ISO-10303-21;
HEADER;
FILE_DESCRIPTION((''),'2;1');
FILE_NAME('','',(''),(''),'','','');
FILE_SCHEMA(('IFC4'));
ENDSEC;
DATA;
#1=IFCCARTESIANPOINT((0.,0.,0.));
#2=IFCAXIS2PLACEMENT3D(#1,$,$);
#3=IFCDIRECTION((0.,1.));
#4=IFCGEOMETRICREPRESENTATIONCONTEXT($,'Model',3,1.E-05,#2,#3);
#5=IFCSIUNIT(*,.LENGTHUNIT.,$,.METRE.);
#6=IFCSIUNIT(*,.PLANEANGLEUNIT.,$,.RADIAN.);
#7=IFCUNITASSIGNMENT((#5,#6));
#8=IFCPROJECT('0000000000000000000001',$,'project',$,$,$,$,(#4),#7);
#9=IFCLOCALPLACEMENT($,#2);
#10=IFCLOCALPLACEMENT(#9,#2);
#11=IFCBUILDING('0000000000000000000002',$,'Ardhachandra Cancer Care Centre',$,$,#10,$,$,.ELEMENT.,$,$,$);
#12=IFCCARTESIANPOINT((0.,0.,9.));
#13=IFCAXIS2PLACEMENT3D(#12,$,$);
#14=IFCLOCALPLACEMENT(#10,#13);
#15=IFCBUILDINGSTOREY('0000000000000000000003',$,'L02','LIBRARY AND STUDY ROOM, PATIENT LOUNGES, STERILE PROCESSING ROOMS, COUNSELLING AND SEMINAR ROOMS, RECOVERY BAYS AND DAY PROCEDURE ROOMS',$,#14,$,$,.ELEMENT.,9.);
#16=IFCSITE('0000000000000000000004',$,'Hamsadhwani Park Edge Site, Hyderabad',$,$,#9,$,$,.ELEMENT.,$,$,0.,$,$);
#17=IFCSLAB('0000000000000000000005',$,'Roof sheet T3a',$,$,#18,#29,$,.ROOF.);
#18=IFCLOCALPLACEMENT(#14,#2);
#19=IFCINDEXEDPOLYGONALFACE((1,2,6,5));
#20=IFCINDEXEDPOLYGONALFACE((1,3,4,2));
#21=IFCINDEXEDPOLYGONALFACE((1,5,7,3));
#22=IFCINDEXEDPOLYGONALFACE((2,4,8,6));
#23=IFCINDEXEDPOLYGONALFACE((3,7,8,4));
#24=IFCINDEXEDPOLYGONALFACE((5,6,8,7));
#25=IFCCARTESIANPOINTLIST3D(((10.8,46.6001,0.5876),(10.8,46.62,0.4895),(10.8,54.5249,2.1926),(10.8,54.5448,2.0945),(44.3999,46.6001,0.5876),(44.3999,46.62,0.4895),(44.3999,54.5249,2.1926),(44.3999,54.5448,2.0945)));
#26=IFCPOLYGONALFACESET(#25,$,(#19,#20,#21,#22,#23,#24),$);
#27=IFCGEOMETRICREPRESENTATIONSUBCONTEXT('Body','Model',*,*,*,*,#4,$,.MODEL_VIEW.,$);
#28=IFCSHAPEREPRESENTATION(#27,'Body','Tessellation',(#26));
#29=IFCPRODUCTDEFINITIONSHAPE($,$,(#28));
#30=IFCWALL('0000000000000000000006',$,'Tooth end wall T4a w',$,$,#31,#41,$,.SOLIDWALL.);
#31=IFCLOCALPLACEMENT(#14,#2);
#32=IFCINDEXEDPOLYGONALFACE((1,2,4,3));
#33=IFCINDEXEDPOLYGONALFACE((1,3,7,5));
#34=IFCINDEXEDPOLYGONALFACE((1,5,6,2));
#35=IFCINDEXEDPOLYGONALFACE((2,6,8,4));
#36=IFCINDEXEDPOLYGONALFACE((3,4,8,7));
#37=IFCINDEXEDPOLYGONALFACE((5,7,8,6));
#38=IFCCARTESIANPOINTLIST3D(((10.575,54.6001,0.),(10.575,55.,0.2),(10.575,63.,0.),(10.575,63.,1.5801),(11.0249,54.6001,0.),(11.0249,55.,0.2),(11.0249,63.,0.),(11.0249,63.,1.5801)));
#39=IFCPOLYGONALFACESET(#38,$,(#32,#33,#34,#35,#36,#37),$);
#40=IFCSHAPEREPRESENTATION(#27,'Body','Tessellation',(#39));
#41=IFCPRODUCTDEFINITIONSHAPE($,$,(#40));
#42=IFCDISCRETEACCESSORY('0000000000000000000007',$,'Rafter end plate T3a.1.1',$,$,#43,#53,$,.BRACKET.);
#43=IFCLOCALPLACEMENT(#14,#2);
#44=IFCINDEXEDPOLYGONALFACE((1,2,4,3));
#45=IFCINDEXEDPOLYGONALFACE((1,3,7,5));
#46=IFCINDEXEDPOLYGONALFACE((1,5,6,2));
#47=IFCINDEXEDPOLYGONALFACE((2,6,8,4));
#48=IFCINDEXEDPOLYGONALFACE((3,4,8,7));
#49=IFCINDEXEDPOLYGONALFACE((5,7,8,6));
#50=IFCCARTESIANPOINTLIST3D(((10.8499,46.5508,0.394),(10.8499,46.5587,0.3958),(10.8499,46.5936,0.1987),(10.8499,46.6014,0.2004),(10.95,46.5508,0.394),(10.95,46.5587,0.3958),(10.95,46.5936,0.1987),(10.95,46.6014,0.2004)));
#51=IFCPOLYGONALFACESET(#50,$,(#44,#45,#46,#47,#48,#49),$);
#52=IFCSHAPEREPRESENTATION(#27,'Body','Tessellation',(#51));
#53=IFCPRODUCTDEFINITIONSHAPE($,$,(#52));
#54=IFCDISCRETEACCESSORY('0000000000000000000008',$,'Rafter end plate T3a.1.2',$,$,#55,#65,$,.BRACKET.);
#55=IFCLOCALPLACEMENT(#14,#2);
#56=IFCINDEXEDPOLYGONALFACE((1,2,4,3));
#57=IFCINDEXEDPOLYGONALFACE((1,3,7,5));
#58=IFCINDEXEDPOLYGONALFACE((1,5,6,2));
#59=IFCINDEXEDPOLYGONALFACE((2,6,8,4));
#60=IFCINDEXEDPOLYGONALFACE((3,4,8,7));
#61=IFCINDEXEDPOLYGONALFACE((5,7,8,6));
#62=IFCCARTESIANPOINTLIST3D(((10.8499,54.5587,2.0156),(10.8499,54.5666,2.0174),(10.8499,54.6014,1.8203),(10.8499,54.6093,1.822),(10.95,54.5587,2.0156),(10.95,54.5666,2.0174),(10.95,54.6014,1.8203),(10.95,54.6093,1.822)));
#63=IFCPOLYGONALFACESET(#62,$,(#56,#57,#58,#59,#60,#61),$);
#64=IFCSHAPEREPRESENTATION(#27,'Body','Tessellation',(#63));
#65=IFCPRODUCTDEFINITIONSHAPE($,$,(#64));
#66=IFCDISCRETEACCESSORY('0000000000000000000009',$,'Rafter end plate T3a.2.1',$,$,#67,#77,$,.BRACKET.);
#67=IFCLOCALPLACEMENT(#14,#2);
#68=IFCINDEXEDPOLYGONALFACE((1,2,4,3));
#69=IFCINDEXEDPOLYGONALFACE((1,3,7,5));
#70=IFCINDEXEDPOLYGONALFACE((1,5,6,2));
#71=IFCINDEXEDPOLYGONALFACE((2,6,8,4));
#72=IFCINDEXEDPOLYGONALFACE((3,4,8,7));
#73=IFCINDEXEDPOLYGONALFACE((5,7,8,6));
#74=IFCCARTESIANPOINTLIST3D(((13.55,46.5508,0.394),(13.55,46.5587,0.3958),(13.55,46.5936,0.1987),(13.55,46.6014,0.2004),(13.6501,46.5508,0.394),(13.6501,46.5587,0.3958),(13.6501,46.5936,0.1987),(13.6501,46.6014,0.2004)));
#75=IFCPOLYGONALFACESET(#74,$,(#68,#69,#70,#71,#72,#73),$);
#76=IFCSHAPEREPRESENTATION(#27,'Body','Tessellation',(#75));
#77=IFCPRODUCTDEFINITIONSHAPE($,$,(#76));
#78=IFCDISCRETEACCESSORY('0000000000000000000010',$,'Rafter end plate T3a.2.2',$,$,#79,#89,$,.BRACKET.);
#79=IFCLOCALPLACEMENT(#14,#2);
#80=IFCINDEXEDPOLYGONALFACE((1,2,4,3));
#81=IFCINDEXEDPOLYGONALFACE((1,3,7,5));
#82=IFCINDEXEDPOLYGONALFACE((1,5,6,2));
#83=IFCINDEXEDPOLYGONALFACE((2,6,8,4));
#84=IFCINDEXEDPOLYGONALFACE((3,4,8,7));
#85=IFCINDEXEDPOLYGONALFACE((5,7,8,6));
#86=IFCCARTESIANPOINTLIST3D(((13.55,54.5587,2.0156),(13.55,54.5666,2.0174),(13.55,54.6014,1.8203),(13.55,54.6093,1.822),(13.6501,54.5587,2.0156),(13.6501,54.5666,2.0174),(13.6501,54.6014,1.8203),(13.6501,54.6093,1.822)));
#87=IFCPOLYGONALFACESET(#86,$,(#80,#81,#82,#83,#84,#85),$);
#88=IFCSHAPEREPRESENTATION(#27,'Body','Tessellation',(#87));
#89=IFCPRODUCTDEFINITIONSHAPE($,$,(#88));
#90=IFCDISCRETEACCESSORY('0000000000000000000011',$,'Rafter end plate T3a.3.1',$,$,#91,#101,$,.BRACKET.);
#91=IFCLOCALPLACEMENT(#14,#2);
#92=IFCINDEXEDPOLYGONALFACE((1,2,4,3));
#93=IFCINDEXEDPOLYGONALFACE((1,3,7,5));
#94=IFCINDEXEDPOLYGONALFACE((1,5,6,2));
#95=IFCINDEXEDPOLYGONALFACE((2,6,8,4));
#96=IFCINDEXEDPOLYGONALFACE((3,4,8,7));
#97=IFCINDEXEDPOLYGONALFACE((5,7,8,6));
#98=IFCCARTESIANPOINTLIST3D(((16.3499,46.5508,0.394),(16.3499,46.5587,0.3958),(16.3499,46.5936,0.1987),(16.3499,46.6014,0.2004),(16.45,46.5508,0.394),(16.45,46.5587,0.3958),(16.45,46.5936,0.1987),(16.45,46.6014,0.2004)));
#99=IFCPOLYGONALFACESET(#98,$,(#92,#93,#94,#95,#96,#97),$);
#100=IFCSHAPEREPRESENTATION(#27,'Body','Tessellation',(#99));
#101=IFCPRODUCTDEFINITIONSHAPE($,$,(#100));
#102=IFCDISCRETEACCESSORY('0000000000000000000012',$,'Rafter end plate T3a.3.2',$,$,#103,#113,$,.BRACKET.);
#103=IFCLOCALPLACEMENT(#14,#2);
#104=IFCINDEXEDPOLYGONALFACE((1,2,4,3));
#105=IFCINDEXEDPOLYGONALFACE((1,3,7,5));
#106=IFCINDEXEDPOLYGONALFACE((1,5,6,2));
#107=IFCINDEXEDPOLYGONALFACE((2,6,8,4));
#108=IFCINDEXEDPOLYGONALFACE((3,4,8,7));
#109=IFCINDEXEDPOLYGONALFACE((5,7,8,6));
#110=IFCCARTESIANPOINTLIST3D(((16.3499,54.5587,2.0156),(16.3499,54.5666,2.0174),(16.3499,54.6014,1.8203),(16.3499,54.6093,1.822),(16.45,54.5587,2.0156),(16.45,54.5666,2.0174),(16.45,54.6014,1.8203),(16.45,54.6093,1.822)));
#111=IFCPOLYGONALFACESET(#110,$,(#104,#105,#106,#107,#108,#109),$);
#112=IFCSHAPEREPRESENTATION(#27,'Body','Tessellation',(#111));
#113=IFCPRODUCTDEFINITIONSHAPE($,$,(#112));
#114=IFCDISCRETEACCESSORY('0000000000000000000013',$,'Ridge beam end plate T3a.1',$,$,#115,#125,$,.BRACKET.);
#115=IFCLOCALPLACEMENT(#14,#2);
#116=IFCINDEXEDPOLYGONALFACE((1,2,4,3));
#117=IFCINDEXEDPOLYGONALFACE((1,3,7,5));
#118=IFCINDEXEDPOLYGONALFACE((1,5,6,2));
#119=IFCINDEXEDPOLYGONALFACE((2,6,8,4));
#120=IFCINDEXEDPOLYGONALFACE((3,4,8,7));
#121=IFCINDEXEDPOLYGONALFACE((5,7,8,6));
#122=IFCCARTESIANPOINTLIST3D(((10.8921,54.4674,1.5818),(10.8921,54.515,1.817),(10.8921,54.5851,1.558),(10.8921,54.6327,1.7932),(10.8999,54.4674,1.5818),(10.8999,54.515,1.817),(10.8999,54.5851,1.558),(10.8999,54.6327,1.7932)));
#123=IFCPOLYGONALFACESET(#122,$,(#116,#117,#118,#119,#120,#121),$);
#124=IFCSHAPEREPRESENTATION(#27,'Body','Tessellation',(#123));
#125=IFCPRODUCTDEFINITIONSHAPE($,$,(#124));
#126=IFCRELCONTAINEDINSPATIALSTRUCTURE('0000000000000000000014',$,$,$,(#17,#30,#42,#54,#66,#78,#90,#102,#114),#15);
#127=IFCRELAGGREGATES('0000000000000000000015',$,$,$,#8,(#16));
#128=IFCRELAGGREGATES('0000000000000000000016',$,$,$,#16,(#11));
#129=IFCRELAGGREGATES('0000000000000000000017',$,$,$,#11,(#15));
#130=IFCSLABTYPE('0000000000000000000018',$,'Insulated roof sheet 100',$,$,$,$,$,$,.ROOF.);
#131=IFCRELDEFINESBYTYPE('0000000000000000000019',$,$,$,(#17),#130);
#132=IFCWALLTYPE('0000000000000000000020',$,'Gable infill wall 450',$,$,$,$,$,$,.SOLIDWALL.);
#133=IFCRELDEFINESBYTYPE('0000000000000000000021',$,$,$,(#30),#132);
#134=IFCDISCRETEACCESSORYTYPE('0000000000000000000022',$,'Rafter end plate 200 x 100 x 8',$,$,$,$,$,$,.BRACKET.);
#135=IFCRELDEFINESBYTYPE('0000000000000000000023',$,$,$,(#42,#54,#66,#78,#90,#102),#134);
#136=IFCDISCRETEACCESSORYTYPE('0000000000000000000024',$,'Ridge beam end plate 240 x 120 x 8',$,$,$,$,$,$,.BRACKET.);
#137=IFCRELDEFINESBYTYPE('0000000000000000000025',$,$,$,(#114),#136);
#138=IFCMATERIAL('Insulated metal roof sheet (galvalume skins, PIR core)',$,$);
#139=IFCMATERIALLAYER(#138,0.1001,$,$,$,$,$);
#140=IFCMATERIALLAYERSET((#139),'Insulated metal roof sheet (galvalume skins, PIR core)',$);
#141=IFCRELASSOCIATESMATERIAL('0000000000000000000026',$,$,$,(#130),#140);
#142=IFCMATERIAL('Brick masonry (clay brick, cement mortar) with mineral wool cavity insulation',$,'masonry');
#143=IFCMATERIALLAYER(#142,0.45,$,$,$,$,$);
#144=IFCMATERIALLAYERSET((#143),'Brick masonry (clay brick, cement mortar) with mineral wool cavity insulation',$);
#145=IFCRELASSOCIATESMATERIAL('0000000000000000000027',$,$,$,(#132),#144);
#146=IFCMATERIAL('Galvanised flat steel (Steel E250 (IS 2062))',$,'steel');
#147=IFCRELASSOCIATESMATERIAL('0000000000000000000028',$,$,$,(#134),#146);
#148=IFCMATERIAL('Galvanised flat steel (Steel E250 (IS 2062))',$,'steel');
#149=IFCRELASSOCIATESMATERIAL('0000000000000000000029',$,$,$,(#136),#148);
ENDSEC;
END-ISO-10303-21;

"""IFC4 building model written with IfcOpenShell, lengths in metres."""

from ifc_helpers import new_model, si_unit, direction, frame, origin, origin_2d, place, context, subcontext, project, spatial, polyline, rectangle, outline, extrude, material, layer, layer_set, material_profile, profile_set, type_object, element, save


model = new_model("IFC4")

# Units and contexts
model_context = context("Model", 3, precision=1e-05, world=origin(), true_north=direction((0.0, 1.0)))
body_context = subcontext(model_context, "Body", "Model", "MODEL_VIEW")
ifc_project = project(units=[si_unit("LENGTHUNIT", "METRE"), si_unit("PLANEANGLEUNIT", "RADIAN")], contexts=[model_context])

# Site, building, storey
site_placement = place(None, origin())
site = spatial("IfcSite", under=ifc_project, at=site_placement, Name="Hamsadhwani Park Edge Site, Hyderabad", CompositionType="ELEMENT", RefElevation=0.0)
building_placement = place(site_placement, origin())
building = spatial("IfcBuilding", under=site, at=building_placement, Name="Ardhachandra Cancer Care Centre", CompositionType="ELEMENT")
storey_placement = place(building_placement, frame((0.0, 0.0, 9.0)))
storey = spatial("IfcBuildingStorey", under=building, at=storey_placement, Name="L02", Description="LIBRARY AND STUDY ROOM, PATIENT LOUNGES, STERILE PROCESSING ROOMS, COUNSELLING AND SEMINAR ROOMS, RECOVERY BAYS AND DAY PROCEDURE ROOMS", CompositionType="ELEMENT", Elevation=9.0)

# Slab
ifc_material_1 = material(Name="Insulated metal roof sheet (galvalume skins, PIR core)")
ifc_layer_1 = layer(ifc_material_1, 0.1001)
ifc_layer_set_1 = layer_set([ifc_layer_1], Name="Insulated metal roof sheet (galvalume skins, PIR core)")
slab_type = type_object("IfcSlabType", Name="Insulated roof sheet 100", PredefinedType="ROOF", material=ifc_layer_set_1)
slab_placement = place(storey_placement, frame((10.8, 46.6001, 0.5876), z_axis=(0.0, -0.198496, 0.980102), x_axis=(1.0, 0.0, 0.0)))
element("IfcSlab", 1, at=slab_placement, inside=storey, type_object=slab_type, Name="Roof sheet T3a", PredefinedType="ROOF", context=body_context, shape_type="SweptSolid", body=[
    extrude(outline(polyline([(0.0, 0.0), (33.5999, 0.0), (33.5999, 8.0857), (0.0, 8.0857), (0.0, 0.0)])), origin(), (0.0, 0.0, -1.0), 0.1001),
])

# Wall
ifc_material_2 = material(Name="Brick masonry (clay brick, cement mortar) with mineral wool cavity insulation", Category="masonry")
ifc_layer_2 = layer(ifc_material_2, 0.45)
ifc_layer_set_2 = layer_set([ifc_layer_2], Name="Brick masonry (clay brick, cement mortar) with mineral wool cavity insulation")
wall_type = type_object("IfcWallType", Name="Gable infill wall 450", PredefinedType="SOLIDWALL", material=ifc_layer_set_2)
wall_placement = place(storey_placement, frame((10.8, 54.6001, 0.0), z_axis=(0.0, 0.0, 1.0), x_axis=(0.0, 1.0, 0.0)))
element("IfcWall", 2, at=wall_placement, inside=storey, type_object=wall_type, Name="Tooth end wall T4a w", PredefinedType="SOLIDWALL", context=body_context, shape_type="SweptSolid", body=[
    extrude(outline(polyline([(0.0, 0.0), (8.3999, 0.0), (8.3999, 1.5801), (0.3999, 0.2), (0.0, 0.0)])), frame((0.0, 0.2251, 0.0), z_axis=(0.0, -1.0, 0.0), x_axis=(1.0, 0.0, 0.0)), (0.0, 0.0, 1.0), 0.45),
])

# Discrete accessories
ifc_material_3 = material(Name="Galvanised flat steel (Steel E250 (IS 2062))", Category="steel")
ifc_material_profile_1 = material_profile(ifc_material_3, rectangle(XDim=0.1001, YDim=0.2, at=origin_2d()), Name="Rafter end plate 200 x 100 x 8")
ifc_profile_set_1 = profile_set([ifc_material_profile_1], Name="Galvanised flat steel (Steel E250 (IS 2062))")
discrete_accessory_type_1 = type_object("IfcDiscreteAccessoryType", Name="Rafter end plate 200 x 100 x 8", PredefinedType="BRACKET", material=ifc_profile_set_1)
for number, where, z_axis, x_axis, name in (
    (3, (10.8999, 46.5801, 0.2981), (0.0, -0.9769, -0.213697), (1.0, 0.0, 0.0), "Rafter end plate T3a.1.1"),
    (4, (10.8999, 54.5801, 1.918), (0.0, 0.9769, 0.213697), (-1.0, 0.0, 0.0), "Rafter end plate T3a.1.2"),
    (5, (13.6001, 46.5801, 0.2981), (0.0, -0.9769, -0.213697), (1.0, 0.0, 0.0), "Rafter end plate T3a.2.1"),
    (6, (13.6001, 54.5801, 1.918), (0.0, 0.9769, 0.213697), (-1.0, 0.0, 0.0), "Rafter end plate T3a.2.2"),
    (7, (16.3999, 46.5801, 0.2981), (0.0, -0.9769, -0.213697), (1.0, 0.0, 0.0), "Rafter end plate T3a.3.1"),
    (8, (16.3999, 54.5801, 1.918), (0.0, 0.9769, 0.213697), (-1.0, 0.0, 0.0), "Rafter end plate T3a.3.2"),
):
    element("IfcDiscreteAccessory", number, at=place(storey_placement, frame(where, z_axis=z_axis, x_axis=x_axis)), inside=storey, type_object=discrete_accessory_type_1, Name=name, PredefinedType="BRACKET", context=body_context, shape_type="SweptSolid", body=[
        extrude(rectangle(XDim=0.1001, YDim=0.2, at=origin_2d()), origin(), (0.0, 0.0, 1.0), 0.0081),
    ])
ifc_material_4 = material(Name="Galvanised flat steel (Steel E250 (IS 2062))", Category="steel")
ifc_material_profile_2 = material_profile(ifc_material_4, rectangle(XDim=0.1201, YDim=0.24, at=origin_2d()), Name="Ridge beam end plate 240 x 120 x 8")
ifc_profile_set_2 = profile_set([ifc_material_profile_2], Name="Galvanised flat steel (Steel E250 (IS 2062))")
discrete_accessory_type_2 = type_object("IfcDiscreteAccessoryType", Name="Ridge beam end plate 240 x 120 x 8", PredefinedType="BRACKET", material=ifc_profile_set_2)
discrete_accessory_placement = place(storey_placement, frame((10.8999, 54.55, 1.6875), z_axis=(-1.0, 0.0, 0.0), x_axis=(0.0, -0.980107, 0.198472)))
element("IfcDiscreteAccessory", 9, at=discrete_accessory_placement, inside=storey, type_object=discrete_accessory_type_2, Name="Ridge beam end plate T3a.1", PredefinedType="BRACKET", context=body_context, shape_type="SweptSolid", body=[
    extrude(rectangle(XDim=0.1201, YDim=0.24, at=origin_2d()), origin(), (0.0, 0.0, 1.0), 0.0078),
])

save(model, "model.ifc")
